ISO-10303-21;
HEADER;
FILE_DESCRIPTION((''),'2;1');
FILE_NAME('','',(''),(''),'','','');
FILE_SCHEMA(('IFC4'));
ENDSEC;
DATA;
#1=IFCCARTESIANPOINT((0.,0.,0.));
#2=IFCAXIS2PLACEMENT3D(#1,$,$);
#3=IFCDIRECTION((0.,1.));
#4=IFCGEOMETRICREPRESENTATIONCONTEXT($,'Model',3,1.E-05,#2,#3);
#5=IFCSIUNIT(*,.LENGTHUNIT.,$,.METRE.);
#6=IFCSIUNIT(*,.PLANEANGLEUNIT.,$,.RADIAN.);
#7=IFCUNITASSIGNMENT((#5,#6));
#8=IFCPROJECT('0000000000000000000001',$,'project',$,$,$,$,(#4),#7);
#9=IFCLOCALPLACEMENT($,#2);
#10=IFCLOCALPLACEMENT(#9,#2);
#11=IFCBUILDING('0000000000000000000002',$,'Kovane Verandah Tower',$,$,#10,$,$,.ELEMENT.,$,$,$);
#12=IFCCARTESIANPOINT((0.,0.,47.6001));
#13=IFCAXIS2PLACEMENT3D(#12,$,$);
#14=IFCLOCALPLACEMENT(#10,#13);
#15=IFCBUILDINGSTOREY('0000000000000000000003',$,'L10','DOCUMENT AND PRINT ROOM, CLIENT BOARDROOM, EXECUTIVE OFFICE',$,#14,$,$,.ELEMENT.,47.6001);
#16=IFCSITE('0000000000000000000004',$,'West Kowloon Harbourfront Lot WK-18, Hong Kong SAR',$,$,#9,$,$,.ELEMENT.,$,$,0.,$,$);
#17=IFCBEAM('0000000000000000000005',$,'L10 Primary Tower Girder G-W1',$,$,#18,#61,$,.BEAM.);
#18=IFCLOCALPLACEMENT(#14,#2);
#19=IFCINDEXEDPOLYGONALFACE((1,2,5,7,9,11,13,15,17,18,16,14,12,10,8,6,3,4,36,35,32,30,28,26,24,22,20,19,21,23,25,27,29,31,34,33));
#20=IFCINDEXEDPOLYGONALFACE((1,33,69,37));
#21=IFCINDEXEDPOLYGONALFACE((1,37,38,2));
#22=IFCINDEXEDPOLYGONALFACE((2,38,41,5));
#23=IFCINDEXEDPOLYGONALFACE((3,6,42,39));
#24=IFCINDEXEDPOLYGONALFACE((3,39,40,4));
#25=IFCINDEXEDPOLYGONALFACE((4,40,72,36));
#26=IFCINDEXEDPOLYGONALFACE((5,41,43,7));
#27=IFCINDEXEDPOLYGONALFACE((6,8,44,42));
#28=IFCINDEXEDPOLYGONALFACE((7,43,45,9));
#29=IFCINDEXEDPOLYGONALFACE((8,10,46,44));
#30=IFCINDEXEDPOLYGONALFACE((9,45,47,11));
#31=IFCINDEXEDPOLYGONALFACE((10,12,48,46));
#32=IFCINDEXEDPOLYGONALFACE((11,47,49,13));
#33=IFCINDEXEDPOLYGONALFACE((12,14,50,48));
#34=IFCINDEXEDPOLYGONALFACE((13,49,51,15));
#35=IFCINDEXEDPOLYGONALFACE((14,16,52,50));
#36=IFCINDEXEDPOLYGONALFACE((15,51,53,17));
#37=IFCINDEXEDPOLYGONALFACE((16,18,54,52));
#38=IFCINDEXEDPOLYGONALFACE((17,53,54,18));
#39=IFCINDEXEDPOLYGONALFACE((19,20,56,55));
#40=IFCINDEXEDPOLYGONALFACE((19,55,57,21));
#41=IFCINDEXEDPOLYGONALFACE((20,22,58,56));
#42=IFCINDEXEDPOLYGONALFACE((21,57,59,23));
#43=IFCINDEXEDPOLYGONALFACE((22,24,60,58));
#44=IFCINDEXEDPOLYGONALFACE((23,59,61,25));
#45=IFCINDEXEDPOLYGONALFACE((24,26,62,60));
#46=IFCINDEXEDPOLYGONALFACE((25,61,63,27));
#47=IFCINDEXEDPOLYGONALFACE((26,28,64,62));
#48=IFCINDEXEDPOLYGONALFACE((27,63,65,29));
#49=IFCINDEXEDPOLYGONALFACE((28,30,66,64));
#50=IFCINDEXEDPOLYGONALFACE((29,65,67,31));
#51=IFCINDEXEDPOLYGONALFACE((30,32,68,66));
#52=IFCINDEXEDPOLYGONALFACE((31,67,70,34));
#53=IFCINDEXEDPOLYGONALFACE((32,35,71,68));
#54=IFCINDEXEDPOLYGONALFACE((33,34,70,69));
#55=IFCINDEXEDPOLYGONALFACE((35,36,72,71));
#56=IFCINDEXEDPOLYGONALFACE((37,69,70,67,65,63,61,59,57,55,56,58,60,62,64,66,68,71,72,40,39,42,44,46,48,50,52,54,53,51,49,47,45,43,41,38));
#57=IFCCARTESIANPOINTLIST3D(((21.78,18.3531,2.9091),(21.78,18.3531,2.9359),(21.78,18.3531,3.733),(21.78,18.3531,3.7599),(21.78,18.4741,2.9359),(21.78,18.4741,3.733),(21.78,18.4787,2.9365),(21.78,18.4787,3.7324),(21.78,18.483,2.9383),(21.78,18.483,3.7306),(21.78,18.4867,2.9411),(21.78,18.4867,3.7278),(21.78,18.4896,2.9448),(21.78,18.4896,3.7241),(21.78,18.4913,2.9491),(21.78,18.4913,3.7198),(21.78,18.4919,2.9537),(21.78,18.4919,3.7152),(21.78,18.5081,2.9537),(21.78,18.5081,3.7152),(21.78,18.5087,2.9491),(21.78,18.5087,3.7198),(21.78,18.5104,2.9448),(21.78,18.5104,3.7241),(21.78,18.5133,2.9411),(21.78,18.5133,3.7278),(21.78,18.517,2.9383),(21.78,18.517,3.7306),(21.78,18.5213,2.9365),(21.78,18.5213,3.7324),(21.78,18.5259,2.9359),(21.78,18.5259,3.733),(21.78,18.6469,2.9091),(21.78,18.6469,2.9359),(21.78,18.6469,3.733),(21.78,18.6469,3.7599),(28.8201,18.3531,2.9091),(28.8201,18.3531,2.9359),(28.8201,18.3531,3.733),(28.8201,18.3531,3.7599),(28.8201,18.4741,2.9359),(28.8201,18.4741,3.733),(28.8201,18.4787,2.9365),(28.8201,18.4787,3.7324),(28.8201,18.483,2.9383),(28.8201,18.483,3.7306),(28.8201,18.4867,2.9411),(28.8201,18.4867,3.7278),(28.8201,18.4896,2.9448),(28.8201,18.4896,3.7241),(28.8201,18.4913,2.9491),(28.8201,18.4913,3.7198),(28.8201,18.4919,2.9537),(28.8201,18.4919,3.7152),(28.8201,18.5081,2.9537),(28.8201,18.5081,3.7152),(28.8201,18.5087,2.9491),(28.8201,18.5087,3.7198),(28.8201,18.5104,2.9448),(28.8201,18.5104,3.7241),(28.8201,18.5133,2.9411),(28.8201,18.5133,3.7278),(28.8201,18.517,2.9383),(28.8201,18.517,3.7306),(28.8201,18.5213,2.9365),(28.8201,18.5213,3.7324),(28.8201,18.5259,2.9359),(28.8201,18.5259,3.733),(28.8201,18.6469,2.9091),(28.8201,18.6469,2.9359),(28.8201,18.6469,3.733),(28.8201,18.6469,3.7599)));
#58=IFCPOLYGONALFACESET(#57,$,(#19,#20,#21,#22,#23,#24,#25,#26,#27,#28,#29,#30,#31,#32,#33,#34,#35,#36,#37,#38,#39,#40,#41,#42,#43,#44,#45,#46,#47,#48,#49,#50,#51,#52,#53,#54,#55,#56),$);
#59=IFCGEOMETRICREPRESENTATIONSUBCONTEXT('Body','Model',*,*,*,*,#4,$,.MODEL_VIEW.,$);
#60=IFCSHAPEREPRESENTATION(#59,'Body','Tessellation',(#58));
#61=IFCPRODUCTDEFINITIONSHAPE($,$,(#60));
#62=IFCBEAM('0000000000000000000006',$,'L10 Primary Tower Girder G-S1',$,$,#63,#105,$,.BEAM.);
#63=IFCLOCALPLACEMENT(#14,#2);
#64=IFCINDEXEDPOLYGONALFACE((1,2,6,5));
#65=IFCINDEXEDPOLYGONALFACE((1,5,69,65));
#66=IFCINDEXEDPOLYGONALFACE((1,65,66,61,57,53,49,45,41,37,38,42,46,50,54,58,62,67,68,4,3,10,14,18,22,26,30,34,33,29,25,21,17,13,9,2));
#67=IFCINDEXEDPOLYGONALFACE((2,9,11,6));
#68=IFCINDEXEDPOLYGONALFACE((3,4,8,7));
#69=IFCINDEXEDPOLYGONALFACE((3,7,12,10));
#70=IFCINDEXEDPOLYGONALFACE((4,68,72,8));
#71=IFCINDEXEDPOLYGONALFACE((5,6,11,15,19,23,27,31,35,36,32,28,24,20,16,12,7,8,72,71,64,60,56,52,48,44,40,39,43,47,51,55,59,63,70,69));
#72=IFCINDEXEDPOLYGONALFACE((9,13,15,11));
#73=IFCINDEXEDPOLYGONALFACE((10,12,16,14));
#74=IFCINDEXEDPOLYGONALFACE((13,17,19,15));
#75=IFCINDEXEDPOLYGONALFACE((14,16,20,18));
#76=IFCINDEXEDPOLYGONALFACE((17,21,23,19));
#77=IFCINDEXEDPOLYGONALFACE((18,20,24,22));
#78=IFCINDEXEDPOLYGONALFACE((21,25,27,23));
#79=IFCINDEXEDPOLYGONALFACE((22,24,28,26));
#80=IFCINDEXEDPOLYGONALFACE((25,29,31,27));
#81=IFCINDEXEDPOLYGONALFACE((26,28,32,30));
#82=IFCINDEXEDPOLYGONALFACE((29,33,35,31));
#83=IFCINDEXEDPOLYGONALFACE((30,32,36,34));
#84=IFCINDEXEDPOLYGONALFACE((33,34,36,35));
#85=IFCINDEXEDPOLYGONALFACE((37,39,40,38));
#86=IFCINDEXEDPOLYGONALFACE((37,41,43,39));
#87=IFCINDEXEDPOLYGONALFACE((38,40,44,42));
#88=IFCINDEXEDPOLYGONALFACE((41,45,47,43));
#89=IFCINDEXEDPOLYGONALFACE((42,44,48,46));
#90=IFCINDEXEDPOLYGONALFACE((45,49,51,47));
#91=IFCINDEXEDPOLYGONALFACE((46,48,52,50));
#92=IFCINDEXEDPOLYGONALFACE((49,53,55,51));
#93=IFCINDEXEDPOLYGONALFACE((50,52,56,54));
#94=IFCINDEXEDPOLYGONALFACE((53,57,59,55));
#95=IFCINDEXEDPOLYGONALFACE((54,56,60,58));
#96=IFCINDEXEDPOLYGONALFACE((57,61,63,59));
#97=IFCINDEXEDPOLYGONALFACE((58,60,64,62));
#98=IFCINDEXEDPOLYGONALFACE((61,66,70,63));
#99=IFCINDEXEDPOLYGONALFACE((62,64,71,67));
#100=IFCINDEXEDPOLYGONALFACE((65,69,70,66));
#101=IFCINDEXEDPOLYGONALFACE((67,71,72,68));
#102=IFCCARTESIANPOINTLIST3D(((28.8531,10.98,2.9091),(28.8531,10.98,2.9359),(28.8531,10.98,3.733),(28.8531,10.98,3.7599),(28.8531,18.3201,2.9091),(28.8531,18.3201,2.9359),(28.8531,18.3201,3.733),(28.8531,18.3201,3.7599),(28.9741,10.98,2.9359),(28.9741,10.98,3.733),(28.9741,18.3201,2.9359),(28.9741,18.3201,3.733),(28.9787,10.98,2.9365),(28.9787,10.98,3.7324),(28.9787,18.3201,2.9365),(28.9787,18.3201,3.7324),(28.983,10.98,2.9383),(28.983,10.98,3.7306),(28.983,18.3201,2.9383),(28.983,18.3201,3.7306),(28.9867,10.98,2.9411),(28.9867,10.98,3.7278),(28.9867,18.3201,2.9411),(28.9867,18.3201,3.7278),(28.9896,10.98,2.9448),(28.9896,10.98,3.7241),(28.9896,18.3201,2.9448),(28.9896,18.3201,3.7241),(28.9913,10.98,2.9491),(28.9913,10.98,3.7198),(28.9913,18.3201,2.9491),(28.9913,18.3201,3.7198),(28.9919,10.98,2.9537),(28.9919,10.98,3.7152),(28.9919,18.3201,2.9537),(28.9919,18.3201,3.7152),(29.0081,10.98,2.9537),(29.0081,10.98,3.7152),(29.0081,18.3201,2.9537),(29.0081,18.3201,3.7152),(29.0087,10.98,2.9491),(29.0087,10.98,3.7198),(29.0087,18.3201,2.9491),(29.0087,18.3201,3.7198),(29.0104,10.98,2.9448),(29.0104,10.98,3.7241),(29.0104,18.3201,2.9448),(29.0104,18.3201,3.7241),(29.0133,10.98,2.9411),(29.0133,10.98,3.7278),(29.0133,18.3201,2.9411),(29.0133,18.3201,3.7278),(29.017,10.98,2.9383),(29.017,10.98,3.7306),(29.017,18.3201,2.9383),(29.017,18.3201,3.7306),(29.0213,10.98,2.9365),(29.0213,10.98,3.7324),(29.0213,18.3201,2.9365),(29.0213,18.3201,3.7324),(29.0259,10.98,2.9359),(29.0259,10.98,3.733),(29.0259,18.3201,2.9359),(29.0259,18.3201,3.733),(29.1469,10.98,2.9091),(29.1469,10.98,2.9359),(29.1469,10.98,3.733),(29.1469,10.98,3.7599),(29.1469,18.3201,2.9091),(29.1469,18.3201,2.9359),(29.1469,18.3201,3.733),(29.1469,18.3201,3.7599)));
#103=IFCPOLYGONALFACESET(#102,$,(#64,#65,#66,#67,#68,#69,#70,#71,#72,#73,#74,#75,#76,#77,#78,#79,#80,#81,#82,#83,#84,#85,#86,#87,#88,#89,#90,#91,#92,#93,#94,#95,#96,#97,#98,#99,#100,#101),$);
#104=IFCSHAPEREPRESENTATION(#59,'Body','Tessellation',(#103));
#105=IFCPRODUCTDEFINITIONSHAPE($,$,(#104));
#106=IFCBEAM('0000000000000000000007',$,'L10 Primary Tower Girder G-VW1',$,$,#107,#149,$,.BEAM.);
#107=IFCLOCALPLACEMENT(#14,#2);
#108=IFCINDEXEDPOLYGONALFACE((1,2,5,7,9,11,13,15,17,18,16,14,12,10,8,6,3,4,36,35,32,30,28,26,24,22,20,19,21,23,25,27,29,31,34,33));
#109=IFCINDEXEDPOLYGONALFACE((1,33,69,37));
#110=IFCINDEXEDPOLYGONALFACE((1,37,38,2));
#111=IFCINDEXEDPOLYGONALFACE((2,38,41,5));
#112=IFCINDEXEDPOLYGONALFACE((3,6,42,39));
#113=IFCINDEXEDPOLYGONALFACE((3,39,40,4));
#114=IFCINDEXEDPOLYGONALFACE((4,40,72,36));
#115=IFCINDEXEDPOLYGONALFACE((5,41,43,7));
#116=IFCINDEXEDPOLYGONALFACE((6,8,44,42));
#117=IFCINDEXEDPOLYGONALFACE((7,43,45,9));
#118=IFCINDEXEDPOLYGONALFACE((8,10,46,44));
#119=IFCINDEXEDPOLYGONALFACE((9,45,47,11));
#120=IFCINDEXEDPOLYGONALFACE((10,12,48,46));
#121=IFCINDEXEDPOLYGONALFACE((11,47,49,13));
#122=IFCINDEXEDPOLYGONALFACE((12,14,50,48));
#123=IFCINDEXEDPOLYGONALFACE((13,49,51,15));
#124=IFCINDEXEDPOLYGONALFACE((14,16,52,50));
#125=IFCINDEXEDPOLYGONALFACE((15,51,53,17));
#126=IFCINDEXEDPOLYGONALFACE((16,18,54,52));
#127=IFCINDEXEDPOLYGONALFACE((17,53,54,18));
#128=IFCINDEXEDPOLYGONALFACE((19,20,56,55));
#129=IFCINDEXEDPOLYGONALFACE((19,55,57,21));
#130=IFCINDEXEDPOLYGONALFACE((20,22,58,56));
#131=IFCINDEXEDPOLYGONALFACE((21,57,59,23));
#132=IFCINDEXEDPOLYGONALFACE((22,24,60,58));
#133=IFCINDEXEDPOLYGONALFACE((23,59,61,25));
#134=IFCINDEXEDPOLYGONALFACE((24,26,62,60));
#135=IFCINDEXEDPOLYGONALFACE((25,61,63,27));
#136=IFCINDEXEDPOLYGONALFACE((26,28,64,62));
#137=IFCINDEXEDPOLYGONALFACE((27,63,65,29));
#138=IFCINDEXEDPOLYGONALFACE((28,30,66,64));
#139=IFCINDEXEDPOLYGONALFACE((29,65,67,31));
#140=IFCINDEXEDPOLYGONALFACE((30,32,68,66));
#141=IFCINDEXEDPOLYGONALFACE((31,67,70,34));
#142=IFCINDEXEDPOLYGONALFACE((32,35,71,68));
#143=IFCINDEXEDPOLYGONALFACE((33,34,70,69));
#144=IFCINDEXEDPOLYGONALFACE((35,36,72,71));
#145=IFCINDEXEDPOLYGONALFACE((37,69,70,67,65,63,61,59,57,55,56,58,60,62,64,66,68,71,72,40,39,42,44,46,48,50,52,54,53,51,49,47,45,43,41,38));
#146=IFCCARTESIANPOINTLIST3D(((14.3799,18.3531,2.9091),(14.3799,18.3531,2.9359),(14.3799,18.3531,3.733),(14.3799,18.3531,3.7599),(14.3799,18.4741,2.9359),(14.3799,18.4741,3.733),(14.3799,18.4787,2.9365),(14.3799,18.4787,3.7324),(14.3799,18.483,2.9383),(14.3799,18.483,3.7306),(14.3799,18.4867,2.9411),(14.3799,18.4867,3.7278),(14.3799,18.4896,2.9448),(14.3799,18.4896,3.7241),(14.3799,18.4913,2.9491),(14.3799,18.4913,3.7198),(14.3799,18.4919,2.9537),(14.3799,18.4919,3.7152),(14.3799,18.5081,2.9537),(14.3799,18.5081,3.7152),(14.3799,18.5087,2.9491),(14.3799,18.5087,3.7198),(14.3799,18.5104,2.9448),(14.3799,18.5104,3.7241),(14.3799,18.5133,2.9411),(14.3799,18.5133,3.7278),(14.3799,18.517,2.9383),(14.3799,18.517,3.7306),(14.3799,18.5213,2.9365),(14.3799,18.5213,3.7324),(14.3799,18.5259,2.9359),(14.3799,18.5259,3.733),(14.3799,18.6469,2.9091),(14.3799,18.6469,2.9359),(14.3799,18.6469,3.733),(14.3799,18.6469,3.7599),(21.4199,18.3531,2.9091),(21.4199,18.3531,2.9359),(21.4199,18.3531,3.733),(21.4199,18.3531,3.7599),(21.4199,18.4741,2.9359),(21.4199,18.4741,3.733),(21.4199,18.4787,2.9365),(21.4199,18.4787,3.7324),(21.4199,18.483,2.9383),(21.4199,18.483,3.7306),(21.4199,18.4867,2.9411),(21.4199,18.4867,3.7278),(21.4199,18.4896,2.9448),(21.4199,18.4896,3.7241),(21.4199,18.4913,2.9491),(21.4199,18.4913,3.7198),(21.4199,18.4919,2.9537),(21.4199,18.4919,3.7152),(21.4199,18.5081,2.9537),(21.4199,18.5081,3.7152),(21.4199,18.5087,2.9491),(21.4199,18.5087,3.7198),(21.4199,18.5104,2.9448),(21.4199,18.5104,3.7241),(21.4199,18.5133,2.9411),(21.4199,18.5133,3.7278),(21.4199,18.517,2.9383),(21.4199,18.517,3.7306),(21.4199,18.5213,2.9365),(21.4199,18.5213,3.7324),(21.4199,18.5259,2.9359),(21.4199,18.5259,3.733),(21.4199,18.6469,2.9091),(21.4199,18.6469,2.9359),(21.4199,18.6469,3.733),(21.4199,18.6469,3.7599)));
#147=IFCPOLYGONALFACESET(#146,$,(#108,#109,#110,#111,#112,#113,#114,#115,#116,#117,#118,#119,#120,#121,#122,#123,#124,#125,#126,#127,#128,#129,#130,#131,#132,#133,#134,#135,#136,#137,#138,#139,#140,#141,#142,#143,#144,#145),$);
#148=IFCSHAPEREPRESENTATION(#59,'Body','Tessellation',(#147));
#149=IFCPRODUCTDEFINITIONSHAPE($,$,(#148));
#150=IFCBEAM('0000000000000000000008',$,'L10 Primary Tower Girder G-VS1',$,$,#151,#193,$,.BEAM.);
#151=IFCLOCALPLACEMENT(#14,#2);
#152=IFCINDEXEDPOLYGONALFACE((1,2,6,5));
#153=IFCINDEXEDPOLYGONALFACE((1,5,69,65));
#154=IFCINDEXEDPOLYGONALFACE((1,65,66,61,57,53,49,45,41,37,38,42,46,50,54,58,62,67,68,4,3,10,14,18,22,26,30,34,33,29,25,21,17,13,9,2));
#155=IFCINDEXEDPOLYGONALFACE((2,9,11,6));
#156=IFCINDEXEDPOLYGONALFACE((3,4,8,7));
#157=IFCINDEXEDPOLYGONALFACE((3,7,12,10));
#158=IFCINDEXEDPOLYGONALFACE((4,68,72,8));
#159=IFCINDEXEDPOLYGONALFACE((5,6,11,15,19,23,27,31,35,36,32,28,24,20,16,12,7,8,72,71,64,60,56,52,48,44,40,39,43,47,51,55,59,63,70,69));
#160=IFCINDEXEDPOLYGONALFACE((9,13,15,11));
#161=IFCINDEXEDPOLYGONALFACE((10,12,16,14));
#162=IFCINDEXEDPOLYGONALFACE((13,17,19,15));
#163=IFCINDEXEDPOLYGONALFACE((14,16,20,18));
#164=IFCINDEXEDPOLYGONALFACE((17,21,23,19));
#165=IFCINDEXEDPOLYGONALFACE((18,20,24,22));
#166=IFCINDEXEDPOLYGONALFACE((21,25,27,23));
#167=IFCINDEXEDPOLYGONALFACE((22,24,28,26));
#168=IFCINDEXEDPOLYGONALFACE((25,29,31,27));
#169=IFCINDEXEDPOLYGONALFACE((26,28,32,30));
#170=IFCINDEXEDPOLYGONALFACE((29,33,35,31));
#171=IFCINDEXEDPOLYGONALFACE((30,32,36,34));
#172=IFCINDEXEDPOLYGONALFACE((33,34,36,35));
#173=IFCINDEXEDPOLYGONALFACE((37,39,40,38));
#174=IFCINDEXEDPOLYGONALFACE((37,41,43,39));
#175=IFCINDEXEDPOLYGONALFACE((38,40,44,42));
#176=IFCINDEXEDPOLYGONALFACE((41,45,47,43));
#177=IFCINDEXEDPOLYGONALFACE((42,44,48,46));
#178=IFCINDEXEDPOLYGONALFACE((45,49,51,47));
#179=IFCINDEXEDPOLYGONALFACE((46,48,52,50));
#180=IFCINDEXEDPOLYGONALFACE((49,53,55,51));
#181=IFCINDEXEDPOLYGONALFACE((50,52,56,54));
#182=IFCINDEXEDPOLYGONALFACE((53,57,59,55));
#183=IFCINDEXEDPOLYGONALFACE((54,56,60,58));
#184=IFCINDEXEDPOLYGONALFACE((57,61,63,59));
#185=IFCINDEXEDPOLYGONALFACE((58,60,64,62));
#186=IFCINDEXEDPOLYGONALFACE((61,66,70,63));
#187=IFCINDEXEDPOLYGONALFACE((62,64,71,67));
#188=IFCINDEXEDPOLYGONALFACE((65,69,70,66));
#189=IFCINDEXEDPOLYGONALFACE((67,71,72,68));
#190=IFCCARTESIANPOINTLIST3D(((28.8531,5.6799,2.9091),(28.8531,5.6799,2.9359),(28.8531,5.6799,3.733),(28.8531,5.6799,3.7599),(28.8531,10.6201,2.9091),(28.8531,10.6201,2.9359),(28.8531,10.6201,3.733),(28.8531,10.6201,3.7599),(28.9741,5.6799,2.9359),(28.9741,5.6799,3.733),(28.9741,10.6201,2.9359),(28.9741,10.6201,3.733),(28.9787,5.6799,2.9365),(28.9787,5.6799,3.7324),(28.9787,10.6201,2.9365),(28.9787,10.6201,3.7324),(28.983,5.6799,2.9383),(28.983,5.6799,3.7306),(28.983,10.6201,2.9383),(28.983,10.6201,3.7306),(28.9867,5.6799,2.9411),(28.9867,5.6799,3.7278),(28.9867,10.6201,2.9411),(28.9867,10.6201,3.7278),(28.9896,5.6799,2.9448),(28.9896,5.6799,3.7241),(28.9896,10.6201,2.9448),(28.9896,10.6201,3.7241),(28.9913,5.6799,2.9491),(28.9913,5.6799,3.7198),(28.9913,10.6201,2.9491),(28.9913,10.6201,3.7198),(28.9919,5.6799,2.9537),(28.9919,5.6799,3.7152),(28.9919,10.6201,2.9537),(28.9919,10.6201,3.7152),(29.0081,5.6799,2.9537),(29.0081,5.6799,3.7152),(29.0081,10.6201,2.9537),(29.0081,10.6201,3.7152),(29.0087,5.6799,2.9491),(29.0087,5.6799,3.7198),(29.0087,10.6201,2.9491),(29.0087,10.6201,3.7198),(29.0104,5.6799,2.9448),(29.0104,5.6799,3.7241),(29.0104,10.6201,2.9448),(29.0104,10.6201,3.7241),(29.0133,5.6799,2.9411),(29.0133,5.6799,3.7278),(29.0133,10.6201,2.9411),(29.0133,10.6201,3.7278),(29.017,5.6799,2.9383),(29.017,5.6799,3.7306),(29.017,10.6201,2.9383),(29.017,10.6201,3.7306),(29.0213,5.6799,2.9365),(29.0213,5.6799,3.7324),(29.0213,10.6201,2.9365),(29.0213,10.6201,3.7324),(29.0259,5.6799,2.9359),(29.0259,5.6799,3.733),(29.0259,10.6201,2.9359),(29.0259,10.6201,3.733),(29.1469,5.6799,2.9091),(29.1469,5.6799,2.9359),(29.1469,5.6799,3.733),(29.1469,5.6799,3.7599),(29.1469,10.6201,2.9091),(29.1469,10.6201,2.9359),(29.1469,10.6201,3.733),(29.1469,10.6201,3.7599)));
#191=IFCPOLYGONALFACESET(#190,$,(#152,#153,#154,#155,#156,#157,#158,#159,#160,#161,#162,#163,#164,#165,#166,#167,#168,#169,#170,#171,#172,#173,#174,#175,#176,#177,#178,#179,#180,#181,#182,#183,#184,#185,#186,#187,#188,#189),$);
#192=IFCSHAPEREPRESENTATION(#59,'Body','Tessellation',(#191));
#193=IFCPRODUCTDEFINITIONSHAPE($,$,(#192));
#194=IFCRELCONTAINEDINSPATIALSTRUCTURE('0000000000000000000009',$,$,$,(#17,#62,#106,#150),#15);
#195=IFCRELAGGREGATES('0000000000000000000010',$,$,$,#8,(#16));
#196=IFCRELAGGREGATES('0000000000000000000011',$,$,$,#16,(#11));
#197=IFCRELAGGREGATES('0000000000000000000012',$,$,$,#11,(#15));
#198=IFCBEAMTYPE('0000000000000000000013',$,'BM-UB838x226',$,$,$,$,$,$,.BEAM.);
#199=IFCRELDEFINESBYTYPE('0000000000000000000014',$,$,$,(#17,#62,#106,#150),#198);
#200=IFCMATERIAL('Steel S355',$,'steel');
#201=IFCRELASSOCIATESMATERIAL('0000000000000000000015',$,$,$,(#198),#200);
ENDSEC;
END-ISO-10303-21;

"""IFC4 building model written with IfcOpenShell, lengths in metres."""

from ifc_helpers import new_model, si_unit, direction, frame, origin, origin_2d, place, context, subcontext, project, spatial, i_section, extrude, material, material_profile, profile_set, type_object, element, save


model = new_model("IFC4")

# Units and contexts
model_context = context("Model", 3, precision=1e-05, world=origin(), true_north=direction((0.0, 1.0)))
body_context = subcontext(model_context, "Body", "Model", "MODEL_VIEW")
ifc_project = project(units=[si_unit("LENGTHUNIT", "METRE"), si_unit("PLANEANGLEUNIT", "RADIAN")], contexts=[model_context])

# Site, building, storey
site_placement = place(None, origin())
site = spatial("IfcSite", under=ifc_project, at=site_placement, Name="West Kowloon Harbourfront Lot WK-18, Hong Kong SAR", CompositionType="ELEMENT", RefElevation=0.0)
building_placement = place(site_placement, origin())
building = spatial("IfcBuilding", under=site, at=building_placement, Name="Kovane Verandah Tower", CompositionType="ELEMENT")
storey_placement = place(building_placement, frame((0.0, 0.0, 47.6001)))
storey = spatial("IfcBuildingStorey", under=building, at=storey_placement, Name="L10", Description="DOCUMENT AND PRINT ROOM, CLIENT BOARDROOM, EXECUTIVE OFFICE", CompositionType="ELEMENT", Elevation=47.6001)

# Beams
ifc_material_1 = material(Name="Steel S355", Category="steel")
ifc_material_profile_1 = material_profile(ifc_material_1, i_section(OverallWidth=0.2937, OverallDepth=0.8508, WebThickness=0.0161, FlangeThickness=0.0269, FilletRadius=0.0178, at=origin_2d()), Name="UB838x292x226")
ifc_profile_set_1 = profile_set([ifc_material_profile_1], Name="Steel S355")
beam_type_1 = type_object("IfcBeamType", Name="BM-UB838x226", PredefinedType="BEAM", material=ifc_profile_set_1)
beam_1_placement = place(storey_placement, frame((28.8201, 18.5, 3.3345), z_axis=(-1.0, 0.0, 0.0), x_axis=(0.0, -1.0, 0.0)))
element("IfcBeam", 1, at=beam_1_placement, inside=storey, type_object=beam_type_1, Name="L10 Primary Tower Girder G-W1", PredefinedType="BEAM", context=body_context, shape_type="SweptSolid", body=[
    extrude(i_section(OverallWidth=0.2937, OverallDepth=0.8508, WebThickness=0.0161, FlangeThickness=0.0269, FilletRadius=0.0178, at=origin_2d()), origin(), (0.0, 0.0, 1.0), 7.04),
])
beam_2_placement = place(storey_placement, frame((29.0, 18.3201, 3.3345), z_axis=(0.0, -1.0, 0.0), x_axis=(1.0, 0.0, 0.0)))
element("IfcBeam", 2, at=beam_2_placement, inside=storey, type_object=beam_type_1, Name="L10 Primary Tower Girder G-S1", PredefinedType="BEAM", context=body_context, shape_type="SweptSolid", body=[
    extrude(i_section(OverallWidth=0.2937, OverallDepth=0.8508, WebThickness=0.0161, FlangeThickness=0.0269, FilletRadius=0.0178, at=origin_2d()), origin(), (0.0, 0.0, 1.0), 7.3401),
])
beam_3_placement = place(storey_placement, frame((21.4199, 18.5, 3.3345), z_axis=(-1.0, 0.0, 0.0), x_axis=(0.0, -1.0, 0.0)))
element("IfcBeam", 3, at=beam_3_placement, inside=storey, type_object=beam_type_1, Name="L10 Primary Tower Girder G-VW1", PredefinedType="BEAM", context=body_context, shape_type="SweptSolid", body=[
    extrude(i_section(OverallWidth=0.2937, OverallDepth=0.8508, WebThickness=0.0161, FlangeThickness=0.0269, FilletRadius=0.0178, at=origin_2d()), origin(), (0.0, 0.0, 1.0), 7.04),
])
beam_4_placement = place(storey_placement, frame((29.0, 10.6201, 3.3345), z_axis=(0.0, -1.0, 0.0), x_axis=(1.0, 0.0, 0.0)))
element("IfcBeam", 4, at=beam_4_placement, inside=storey, type_object=beam_type_1, Name="L10 Primary Tower Girder G-VS1", PredefinedType="BEAM", context=body_context, shape_type="SweptSolid", body=[
    extrude(i_section(OverallWidth=0.2937, OverallDepth=0.8508, WebThickness=0.0161, FlangeThickness=0.0269, FilletRadius=0.0178, at=origin_2d()), origin(), (0.0, 0.0, 1.0), 4.9402),
])

save(model, "model.ifc")
